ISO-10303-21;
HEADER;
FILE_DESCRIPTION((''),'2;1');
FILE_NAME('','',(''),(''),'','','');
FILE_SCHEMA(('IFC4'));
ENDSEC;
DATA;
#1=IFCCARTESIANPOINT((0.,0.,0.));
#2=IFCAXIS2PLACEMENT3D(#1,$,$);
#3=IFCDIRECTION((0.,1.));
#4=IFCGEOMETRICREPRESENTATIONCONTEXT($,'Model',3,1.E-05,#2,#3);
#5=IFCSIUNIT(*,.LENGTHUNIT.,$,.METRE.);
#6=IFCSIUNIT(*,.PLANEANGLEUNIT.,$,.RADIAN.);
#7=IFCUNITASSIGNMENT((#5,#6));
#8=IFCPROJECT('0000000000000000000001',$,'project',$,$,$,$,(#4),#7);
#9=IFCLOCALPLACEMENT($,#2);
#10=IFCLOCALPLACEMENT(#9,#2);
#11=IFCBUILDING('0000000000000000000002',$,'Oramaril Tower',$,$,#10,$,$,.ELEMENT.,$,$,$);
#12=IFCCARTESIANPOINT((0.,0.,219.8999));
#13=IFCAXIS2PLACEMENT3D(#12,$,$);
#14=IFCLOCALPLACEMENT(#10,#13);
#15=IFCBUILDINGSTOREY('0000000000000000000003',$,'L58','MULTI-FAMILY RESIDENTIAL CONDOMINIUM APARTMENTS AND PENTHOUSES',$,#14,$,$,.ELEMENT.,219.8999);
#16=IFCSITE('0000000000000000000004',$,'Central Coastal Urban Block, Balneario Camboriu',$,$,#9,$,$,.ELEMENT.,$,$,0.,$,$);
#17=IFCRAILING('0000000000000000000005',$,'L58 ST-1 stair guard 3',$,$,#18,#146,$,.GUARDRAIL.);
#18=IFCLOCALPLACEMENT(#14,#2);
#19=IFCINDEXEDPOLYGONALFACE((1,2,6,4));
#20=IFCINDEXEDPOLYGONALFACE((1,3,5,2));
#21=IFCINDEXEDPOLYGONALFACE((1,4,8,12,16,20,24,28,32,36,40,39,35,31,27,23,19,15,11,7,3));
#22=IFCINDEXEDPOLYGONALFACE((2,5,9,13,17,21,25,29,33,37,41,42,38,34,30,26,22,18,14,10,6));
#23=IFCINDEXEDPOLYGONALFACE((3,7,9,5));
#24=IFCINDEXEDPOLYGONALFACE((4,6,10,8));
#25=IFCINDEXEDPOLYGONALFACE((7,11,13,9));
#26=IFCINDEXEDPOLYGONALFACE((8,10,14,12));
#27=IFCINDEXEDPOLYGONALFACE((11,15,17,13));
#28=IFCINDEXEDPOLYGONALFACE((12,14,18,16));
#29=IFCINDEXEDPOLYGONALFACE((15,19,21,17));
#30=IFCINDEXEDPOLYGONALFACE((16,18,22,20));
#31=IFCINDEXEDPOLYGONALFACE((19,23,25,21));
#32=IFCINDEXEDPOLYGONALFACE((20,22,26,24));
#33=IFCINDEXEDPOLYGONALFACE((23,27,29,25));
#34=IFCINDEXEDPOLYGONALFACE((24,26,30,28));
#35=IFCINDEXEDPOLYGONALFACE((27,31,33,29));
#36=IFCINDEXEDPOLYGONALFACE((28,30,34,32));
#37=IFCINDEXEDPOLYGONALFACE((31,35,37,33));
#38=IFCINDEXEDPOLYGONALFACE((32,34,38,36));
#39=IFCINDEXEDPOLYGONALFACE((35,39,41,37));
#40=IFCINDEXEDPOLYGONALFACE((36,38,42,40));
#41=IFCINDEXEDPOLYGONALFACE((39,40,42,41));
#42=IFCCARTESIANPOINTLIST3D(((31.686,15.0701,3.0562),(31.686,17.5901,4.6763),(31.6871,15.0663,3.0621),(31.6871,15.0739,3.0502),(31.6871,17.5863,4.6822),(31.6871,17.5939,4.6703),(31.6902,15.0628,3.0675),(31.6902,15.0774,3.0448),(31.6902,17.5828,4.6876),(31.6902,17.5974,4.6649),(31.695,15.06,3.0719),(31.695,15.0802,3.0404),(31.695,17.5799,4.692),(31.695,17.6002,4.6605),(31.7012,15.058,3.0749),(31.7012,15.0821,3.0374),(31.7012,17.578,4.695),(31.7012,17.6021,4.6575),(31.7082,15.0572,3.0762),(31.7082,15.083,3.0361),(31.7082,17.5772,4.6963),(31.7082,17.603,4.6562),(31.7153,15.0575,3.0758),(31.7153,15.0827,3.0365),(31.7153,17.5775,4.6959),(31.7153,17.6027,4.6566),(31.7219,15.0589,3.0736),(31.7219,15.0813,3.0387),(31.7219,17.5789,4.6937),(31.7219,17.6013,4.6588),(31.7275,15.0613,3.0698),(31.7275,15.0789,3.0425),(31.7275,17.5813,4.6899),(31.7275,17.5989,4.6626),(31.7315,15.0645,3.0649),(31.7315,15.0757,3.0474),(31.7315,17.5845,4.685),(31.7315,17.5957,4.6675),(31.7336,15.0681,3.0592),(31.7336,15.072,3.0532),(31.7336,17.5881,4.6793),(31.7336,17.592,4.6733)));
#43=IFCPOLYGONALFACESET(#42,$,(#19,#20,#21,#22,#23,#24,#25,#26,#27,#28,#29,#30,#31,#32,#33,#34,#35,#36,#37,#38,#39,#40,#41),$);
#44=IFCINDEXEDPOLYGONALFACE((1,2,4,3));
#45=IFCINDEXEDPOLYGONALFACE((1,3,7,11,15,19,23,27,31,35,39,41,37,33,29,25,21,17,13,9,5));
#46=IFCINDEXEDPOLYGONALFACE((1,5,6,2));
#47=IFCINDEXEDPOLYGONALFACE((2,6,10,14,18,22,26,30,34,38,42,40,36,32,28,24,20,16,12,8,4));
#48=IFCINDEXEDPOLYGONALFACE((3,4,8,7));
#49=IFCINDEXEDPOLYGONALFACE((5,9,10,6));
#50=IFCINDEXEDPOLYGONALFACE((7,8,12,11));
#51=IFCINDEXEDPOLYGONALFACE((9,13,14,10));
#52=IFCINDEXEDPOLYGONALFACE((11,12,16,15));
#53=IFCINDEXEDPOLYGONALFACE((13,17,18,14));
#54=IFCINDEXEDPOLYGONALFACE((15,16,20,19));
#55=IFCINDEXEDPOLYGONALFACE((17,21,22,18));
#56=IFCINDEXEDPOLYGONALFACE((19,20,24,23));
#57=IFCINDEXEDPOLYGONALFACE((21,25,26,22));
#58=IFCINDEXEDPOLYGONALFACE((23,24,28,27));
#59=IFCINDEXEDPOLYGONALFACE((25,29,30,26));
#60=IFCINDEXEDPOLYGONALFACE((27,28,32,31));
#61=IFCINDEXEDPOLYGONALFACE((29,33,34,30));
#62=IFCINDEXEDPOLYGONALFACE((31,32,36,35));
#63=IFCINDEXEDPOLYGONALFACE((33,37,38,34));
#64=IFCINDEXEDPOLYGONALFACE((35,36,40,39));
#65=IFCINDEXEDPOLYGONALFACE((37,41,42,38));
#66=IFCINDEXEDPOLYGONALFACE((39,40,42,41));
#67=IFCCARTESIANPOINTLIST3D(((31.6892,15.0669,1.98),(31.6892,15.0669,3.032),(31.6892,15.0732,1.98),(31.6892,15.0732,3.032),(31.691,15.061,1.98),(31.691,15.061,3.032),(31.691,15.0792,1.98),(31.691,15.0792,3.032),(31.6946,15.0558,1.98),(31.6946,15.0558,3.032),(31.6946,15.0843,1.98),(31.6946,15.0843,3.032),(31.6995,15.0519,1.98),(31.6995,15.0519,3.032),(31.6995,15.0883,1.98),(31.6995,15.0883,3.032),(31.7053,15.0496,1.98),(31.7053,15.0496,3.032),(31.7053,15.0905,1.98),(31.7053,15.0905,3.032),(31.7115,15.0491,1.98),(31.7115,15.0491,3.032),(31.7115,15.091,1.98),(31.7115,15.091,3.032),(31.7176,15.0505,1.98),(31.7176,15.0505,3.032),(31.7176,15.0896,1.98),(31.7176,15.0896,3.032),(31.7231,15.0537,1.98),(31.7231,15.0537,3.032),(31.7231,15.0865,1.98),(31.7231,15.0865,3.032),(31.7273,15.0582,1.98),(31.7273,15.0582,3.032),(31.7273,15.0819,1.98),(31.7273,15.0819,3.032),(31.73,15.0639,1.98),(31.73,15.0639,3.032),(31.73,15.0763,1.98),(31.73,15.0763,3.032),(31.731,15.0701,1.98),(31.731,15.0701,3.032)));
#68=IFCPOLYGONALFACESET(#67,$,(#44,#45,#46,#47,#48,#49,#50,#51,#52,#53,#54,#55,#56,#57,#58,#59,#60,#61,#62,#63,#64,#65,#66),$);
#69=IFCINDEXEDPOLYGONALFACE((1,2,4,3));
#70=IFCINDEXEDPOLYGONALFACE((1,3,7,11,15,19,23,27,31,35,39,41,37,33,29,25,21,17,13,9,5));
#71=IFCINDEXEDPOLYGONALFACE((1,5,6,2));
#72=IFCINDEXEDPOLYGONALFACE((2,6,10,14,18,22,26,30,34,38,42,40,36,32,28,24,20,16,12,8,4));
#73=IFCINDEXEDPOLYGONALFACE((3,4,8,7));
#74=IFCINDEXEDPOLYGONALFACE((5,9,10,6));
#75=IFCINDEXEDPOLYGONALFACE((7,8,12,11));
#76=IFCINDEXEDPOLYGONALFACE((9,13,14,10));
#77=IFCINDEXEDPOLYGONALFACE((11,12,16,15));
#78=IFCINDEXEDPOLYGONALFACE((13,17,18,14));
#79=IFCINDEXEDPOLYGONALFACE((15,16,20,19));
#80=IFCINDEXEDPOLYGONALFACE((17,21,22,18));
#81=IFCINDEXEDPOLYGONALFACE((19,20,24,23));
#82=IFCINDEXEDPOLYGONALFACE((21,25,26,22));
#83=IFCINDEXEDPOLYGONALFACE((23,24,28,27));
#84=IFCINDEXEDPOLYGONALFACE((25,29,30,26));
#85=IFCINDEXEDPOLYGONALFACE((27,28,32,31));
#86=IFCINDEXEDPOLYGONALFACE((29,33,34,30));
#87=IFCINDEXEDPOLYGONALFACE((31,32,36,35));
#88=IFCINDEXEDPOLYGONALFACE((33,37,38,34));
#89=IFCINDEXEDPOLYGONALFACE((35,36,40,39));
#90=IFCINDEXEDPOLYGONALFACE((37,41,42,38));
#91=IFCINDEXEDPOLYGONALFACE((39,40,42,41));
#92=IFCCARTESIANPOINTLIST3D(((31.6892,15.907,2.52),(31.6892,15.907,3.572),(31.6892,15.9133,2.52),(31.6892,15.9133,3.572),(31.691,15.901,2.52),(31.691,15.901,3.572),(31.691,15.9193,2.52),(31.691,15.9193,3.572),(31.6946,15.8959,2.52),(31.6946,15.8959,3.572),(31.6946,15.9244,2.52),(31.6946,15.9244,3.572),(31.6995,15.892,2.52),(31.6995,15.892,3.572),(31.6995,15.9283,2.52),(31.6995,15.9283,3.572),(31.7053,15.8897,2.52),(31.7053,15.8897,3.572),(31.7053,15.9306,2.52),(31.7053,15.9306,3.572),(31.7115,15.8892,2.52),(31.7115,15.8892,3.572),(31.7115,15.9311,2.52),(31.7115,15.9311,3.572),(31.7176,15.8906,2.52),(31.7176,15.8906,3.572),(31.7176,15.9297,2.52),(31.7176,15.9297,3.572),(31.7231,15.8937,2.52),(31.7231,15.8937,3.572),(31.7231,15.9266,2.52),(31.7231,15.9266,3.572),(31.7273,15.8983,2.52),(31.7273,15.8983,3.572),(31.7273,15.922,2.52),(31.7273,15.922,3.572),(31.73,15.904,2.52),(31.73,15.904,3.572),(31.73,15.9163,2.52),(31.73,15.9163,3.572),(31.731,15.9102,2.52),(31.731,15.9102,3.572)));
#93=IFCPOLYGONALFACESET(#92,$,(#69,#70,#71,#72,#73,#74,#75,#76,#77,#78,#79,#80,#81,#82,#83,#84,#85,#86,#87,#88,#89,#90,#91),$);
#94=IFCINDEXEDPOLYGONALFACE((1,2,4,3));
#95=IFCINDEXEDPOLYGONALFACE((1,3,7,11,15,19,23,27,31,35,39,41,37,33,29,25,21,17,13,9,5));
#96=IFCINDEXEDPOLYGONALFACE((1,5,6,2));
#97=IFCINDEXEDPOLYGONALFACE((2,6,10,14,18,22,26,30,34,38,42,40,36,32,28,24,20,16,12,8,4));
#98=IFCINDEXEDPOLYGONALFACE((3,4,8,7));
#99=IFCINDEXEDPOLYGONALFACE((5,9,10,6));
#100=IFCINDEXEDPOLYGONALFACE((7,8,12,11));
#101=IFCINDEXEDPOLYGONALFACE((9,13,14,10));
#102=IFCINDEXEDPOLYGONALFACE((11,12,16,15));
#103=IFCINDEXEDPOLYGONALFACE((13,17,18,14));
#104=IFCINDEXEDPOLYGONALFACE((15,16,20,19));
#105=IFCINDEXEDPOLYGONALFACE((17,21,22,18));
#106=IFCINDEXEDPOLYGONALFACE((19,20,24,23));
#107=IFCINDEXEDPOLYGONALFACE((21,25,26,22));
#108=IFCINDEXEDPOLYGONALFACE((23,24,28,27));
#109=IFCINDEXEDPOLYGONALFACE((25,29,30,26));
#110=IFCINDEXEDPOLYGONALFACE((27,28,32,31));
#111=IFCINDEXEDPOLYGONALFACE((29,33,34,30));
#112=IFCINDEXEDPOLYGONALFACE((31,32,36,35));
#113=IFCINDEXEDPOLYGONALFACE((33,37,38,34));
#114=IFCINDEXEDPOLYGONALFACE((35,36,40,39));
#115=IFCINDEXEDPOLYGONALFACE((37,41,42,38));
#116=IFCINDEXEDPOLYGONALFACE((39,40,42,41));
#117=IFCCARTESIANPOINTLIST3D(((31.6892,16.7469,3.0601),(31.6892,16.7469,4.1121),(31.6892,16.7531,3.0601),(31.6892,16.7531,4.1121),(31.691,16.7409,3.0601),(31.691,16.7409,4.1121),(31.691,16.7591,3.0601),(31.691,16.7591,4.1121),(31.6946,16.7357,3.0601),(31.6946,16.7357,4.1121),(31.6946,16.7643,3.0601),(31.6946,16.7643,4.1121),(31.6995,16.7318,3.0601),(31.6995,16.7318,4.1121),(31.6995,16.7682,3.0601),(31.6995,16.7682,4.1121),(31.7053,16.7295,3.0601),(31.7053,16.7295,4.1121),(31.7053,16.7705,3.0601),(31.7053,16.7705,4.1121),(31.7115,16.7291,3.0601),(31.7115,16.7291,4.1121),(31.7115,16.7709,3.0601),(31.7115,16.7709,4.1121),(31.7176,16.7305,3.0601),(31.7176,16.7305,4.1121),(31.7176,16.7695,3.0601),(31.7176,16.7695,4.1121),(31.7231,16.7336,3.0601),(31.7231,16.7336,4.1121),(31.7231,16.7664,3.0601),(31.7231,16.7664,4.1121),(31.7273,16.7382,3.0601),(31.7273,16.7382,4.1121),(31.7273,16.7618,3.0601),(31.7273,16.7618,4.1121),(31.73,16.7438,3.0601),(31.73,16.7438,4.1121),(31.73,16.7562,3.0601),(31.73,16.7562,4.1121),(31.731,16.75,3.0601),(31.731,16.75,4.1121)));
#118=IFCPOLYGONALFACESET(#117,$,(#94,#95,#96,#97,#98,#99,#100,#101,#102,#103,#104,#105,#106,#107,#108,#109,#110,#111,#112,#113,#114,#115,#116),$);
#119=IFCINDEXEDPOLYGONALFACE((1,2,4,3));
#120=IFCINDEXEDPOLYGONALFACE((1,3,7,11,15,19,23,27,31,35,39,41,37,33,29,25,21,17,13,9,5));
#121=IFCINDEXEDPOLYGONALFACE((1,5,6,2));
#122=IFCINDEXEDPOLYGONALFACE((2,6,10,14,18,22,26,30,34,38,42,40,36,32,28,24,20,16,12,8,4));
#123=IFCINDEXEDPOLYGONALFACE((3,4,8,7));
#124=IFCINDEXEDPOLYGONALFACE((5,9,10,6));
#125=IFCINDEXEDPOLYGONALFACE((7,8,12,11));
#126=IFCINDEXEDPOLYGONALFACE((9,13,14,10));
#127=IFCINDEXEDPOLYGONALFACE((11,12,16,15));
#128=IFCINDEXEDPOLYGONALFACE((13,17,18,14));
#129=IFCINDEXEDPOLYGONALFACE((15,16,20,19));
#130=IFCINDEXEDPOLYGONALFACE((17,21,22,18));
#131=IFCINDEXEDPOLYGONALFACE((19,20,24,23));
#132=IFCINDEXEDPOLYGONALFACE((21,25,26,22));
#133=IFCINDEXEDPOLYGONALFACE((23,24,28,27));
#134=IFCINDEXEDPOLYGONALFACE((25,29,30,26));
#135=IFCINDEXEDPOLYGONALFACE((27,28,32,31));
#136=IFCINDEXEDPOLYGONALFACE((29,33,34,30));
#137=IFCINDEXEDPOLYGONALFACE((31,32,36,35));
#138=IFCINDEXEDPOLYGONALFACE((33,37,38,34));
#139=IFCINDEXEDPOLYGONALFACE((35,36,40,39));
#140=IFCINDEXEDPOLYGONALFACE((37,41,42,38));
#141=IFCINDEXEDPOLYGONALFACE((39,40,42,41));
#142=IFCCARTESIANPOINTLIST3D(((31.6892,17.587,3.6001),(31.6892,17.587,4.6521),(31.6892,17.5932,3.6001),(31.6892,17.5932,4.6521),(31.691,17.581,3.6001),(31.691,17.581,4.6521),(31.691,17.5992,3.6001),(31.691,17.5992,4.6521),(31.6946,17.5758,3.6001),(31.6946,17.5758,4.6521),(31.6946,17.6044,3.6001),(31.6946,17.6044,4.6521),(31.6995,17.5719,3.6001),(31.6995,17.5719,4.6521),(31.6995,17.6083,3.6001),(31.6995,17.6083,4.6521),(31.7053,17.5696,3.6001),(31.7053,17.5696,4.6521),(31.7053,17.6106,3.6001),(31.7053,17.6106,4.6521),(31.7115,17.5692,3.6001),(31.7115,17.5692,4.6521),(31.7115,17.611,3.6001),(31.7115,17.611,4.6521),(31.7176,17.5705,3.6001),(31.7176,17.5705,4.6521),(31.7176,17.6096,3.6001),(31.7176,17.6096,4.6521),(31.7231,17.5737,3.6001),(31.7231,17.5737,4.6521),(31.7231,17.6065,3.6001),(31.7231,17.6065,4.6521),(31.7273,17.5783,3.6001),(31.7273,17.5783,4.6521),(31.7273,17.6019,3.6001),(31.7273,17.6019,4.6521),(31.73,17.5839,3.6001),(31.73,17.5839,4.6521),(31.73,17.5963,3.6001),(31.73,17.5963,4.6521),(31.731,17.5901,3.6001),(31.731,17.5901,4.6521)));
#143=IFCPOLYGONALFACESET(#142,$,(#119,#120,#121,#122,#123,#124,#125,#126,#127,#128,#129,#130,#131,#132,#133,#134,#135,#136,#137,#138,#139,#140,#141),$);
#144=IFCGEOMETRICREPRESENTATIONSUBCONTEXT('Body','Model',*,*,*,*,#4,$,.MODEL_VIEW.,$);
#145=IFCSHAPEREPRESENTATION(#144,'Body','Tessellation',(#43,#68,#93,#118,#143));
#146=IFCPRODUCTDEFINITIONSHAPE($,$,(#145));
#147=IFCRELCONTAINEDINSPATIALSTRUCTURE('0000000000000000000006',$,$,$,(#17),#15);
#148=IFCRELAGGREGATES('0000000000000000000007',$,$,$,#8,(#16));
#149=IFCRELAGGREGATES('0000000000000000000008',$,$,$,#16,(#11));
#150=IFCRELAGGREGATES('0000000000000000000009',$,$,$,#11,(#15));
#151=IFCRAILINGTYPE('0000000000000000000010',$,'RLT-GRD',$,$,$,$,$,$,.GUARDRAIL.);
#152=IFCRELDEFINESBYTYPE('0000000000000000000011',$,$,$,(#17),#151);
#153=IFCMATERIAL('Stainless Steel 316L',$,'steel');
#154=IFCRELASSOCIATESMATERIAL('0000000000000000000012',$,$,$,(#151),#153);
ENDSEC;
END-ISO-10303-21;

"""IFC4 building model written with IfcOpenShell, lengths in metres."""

from ifc_helpers import new_model, si_unit, direction, frame, origin, origin_2d, place, context, subcontext, project, spatial, circle, extrude, material, type_object, element, save


model = new_model("IFC4")

# Units and contexts
model_context = context("Model", 3, precision=1e-05, world=origin(), true_north=direction((0.0, 1.0)))
body_context = subcontext(model_context, "Body", "Model", "MODEL_VIEW")
ifc_project = project(units=[si_unit("LENGTHUNIT", "METRE"), si_unit("PLANEANGLEUNIT", "RADIAN")], contexts=[model_context])

# Site, building, storey
site_placement = place(None, origin())
site = spatial("IfcSite", under=ifc_project, at=site_placement, Name="Central Coastal Urban Block, Balneario Camboriu", CompositionType="ELEMENT", RefElevation=0.0)
building_placement = place(site_placement, origin())
building = spatial("IfcBuilding", under=site, at=building_placement, Name="Oramaril Tower", CompositionType="ELEMENT")
storey_placement = place(building_placement, frame((0.0, 0.0, 219.8999)))
storey = spatial("IfcBuildingStorey", under=building, at=storey_placement, Name="L58", Description="MULTI-FAMILY RESIDENTIAL CONDOMINIUM APARTMENTS AND PENTHOUSES", CompositionType="ELEMENT", Elevation=219.8999)

# Railing
ifc_material_1 = material(Name="Stainless Steel 316L", Category="steel")
railing_type_1 = type_object("IfcRailingType", Name="RLT-GRD", PredefinedType="GUARDRAIL", material=ifc_material_1)
railing_1_placement = place(storey_placement, frame((31.71, 15.0701, 1.98)))
element("IfcRailing", 1, at=railing_1_placement, inside=storey, type_object=railing_type_1, Name="L58 ST-1 stair guard 3", PredefinedType="GUARDRAIL", context=body_context, shape_type="SweptSolid", body=[
    extrude(circle(Radius=0.0239, at=origin_2d()), frame((0.0, 0.0, 1.0762), z_axis=(0.0, 0.841163, 0.540782), x_axis=(-1.0, 0.0, 0.0)), (0.0, 0.0, 1.0), 2.9958),
    extrude(circle(Radius=0.021, at=origin_2d()), origin(), (0.0, 0.0, 1.0), 1.052),
    extrude(circle(Radius=0.021, at=origin_2d()), frame((0.0, 0.8401, 0.54)), (0.0, 0.0, 1.0), 1.052),
    extrude(circle(Radius=0.021, at=origin_2d()), frame((0.0, 1.6799, 1.0801)), (0.0, 0.0, 1.0), 1.052),
    extrude(circle(Radius=0.021, at=origin_2d()), frame((0.0, 2.52, 1.6201)), (0.0, 0.0, 1.0), 1.052),
])

save(model, "model.ifc")
